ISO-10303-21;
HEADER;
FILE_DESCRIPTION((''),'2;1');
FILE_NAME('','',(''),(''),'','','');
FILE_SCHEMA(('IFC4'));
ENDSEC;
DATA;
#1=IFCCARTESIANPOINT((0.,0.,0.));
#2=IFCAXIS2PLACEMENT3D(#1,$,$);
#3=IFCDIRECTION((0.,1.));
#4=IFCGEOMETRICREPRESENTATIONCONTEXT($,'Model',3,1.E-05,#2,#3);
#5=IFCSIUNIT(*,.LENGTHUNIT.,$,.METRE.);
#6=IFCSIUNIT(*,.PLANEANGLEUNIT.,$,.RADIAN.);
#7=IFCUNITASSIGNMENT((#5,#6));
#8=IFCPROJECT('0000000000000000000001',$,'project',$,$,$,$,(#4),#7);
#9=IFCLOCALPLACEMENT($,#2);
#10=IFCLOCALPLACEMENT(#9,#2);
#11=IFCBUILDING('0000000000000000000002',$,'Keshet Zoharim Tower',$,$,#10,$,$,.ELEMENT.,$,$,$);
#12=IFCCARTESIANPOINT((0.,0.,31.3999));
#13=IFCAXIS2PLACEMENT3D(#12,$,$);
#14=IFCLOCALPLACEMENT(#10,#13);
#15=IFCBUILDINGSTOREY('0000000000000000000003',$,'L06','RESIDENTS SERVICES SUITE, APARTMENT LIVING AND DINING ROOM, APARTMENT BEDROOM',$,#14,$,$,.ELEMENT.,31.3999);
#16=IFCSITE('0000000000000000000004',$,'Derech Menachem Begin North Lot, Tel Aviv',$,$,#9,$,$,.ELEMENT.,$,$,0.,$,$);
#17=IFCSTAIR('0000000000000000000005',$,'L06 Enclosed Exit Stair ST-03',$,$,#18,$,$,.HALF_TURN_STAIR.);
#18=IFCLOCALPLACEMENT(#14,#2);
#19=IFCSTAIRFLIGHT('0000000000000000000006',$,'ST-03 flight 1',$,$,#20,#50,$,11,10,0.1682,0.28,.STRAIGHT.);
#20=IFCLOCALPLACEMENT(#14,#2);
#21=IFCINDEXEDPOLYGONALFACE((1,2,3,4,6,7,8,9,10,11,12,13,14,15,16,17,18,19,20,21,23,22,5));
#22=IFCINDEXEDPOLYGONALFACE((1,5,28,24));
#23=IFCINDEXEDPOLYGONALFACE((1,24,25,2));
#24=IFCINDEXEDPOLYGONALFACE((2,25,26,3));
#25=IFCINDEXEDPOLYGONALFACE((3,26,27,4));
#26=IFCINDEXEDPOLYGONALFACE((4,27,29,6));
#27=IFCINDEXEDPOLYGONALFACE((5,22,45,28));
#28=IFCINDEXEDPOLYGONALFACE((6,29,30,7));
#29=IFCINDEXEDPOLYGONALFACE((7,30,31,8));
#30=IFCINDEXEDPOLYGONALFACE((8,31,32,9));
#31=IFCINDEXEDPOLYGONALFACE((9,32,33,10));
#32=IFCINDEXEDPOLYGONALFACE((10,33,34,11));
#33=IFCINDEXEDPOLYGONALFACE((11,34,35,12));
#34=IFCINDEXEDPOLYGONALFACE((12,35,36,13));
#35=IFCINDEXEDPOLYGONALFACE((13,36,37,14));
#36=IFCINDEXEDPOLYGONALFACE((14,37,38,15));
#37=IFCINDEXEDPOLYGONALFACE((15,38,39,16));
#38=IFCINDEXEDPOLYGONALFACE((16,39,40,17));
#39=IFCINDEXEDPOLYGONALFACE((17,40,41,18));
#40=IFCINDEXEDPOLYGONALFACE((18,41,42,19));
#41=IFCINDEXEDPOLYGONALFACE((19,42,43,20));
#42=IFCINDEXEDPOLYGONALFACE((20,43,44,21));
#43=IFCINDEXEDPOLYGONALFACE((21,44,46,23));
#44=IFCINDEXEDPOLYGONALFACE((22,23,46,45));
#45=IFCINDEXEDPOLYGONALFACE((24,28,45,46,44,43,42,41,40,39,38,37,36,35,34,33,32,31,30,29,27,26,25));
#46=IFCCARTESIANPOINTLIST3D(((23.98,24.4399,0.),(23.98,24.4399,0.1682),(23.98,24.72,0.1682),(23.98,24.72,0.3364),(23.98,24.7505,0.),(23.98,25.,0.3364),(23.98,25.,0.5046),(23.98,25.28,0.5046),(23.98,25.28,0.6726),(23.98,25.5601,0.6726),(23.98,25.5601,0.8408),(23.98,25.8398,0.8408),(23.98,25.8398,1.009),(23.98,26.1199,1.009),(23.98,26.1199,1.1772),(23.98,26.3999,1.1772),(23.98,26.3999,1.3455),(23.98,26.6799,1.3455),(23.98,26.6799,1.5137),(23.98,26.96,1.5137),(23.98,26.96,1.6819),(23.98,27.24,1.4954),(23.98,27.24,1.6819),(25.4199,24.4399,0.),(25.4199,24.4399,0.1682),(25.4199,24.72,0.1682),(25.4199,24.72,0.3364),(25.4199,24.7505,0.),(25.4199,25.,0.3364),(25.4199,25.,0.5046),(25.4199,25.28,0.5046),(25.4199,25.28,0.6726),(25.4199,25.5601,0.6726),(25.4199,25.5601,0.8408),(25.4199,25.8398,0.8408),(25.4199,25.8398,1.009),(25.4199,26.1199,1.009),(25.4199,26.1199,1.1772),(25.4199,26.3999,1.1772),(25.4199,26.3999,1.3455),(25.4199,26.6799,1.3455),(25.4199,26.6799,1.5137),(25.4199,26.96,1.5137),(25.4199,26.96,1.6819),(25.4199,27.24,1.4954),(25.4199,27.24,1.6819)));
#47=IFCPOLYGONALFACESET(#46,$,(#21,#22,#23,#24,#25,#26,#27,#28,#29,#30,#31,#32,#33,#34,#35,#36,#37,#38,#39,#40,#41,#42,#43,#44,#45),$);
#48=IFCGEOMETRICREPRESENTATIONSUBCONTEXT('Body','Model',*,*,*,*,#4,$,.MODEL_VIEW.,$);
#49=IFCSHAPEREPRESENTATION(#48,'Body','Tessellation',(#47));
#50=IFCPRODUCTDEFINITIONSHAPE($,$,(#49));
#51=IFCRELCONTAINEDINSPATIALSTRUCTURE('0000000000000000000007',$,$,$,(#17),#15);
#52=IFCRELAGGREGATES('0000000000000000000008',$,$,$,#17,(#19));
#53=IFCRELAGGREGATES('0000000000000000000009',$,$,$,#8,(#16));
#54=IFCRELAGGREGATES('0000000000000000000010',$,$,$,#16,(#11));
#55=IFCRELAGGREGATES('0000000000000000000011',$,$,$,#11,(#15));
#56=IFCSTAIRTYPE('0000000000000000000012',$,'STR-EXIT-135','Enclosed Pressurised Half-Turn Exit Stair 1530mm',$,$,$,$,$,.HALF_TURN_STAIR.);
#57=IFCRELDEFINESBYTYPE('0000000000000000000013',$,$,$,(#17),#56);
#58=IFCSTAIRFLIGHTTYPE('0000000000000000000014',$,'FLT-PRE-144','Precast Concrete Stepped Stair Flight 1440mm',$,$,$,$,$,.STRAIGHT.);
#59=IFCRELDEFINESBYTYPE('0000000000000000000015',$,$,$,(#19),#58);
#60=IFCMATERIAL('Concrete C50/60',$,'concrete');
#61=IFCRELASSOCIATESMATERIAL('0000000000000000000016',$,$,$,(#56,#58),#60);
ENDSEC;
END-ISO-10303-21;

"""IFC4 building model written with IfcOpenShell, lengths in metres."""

from ifc_helpers import new_model, si_unit, direction, frame, origin, place, context, subcontext, project, spatial, polyline, outline, extrude, material, type_object, element, aggregate, save


model = new_model("IFC4")

# Units and contexts
model_context = context("Model", 3, precision=1e-05, world=origin(), true_north=direction((0.0, 1.0)))
body_context = subcontext(model_context, "Body", "Model", "MODEL_VIEW")
ifc_project = project(units=[si_unit("LENGTHUNIT", "METRE"), si_unit("PLANEANGLEUNIT", "RADIAN")], contexts=[model_context])

# Site, building, storey
site_placement = place(None, origin())
site = spatial("IfcSite", under=ifc_project, at=site_placement, Name="Derech Menachem Begin North Lot, Tel Aviv", CompositionType="ELEMENT", RefElevation=0.0)
building_placement = place(site_placement, origin())
building = spatial("IfcBuilding", under=site, at=building_placement, Name="Keshet Zoharim Tower", CompositionType="ELEMENT")
storey_placement = place(building_placement, frame((0.0, 0.0, 31.3999)))
storey = spatial("IfcBuildingStorey", under=building, at=storey_placement, Name="L06", Description="RESIDENTS SERVICES SUITE, APARTMENT LIVING AND DINING ROOM, APARTMENT BEDROOM", CompositionType="ELEMENT", Elevation=31.3999)

# Shared definitions
ifc_material_1 = material(Name="Concrete C50/60", Category="concrete")

# Stair, stair flight
stair_type = type_object("IfcStairType", Name="STR-EXIT-135", Description="Enclosed Pressurised Half-Turn Exit Stair 1530mm", PredefinedType="HALF_TURN_STAIR", material=ifc_material_1)
stair_placement = place(storey_placement, origin())
stair = element("IfcStair", 1, at=stair_placement, inside=storey, type_object=stair_type, Name="L06 Enclosed Exit Stair ST-03", PredefinedType="HALF_TURN_STAIR")
stair_flight_type = type_object("IfcStairFlightType", Name="FLT-PRE-144", Description="Precast Concrete Stepped Stair Flight 1440mm", PredefinedType="STRAIGHT", material=ifc_material_1)
stair_flight_placement = place(storey_placement, frame((24.7, 24.4399, 0.0), z_axis=(0.0, 0.0, 1.0), x_axis=(0.0, 1.0, 0.0)))
stair_flight = element("IfcStairFlight", 2, at=stair_flight_placement, type_object=stair_flight_type, Name="ST-03 flight 1", NumberOfRisers=11, NumberOfTreads=10, PredefinedType="STRAIGHT", RiserHeight=0.1682, TreadLength=0.28, context=body_context, shape_type="SweptSolid", body=[
    extrude(outline(polyline([(0.0, 0.0), (0.0, 0.1682), (0.28, 0.1682), (0.28, 0.3364), (0.5601, 0.3364), (0.5601, 0.5046), (0.8401, 0.5046), (0.8401, 0.6726), (1.1201, 0.6726), (1.1201, 0.8408), (1.3999, 0.8408), (1.3999, 1.009), (1.6799, 1.009), (1.6799, 1.1772), (1.96, 1.1772), (1.96, 1.3455), (2.24, 1.3455), (2.24, 1.5137), (2.52, 1.5137), (2.52, 1.6819), (2.8, 1.6819), (2.8, 1.8501), (2.8, 1.4954), (0.3105, 0.0), (0.0, 0.0)])), frame((0.0, 0.72, 0.0), z_axis=(0.0, -1.0, 0.0), x_axis=(1.0, 0.0, 0.0)), (0.0, 0.0, 1.0), 1.4399),
])
aggregate(stair, [stair_flight])

save(model, "model.ifc")
